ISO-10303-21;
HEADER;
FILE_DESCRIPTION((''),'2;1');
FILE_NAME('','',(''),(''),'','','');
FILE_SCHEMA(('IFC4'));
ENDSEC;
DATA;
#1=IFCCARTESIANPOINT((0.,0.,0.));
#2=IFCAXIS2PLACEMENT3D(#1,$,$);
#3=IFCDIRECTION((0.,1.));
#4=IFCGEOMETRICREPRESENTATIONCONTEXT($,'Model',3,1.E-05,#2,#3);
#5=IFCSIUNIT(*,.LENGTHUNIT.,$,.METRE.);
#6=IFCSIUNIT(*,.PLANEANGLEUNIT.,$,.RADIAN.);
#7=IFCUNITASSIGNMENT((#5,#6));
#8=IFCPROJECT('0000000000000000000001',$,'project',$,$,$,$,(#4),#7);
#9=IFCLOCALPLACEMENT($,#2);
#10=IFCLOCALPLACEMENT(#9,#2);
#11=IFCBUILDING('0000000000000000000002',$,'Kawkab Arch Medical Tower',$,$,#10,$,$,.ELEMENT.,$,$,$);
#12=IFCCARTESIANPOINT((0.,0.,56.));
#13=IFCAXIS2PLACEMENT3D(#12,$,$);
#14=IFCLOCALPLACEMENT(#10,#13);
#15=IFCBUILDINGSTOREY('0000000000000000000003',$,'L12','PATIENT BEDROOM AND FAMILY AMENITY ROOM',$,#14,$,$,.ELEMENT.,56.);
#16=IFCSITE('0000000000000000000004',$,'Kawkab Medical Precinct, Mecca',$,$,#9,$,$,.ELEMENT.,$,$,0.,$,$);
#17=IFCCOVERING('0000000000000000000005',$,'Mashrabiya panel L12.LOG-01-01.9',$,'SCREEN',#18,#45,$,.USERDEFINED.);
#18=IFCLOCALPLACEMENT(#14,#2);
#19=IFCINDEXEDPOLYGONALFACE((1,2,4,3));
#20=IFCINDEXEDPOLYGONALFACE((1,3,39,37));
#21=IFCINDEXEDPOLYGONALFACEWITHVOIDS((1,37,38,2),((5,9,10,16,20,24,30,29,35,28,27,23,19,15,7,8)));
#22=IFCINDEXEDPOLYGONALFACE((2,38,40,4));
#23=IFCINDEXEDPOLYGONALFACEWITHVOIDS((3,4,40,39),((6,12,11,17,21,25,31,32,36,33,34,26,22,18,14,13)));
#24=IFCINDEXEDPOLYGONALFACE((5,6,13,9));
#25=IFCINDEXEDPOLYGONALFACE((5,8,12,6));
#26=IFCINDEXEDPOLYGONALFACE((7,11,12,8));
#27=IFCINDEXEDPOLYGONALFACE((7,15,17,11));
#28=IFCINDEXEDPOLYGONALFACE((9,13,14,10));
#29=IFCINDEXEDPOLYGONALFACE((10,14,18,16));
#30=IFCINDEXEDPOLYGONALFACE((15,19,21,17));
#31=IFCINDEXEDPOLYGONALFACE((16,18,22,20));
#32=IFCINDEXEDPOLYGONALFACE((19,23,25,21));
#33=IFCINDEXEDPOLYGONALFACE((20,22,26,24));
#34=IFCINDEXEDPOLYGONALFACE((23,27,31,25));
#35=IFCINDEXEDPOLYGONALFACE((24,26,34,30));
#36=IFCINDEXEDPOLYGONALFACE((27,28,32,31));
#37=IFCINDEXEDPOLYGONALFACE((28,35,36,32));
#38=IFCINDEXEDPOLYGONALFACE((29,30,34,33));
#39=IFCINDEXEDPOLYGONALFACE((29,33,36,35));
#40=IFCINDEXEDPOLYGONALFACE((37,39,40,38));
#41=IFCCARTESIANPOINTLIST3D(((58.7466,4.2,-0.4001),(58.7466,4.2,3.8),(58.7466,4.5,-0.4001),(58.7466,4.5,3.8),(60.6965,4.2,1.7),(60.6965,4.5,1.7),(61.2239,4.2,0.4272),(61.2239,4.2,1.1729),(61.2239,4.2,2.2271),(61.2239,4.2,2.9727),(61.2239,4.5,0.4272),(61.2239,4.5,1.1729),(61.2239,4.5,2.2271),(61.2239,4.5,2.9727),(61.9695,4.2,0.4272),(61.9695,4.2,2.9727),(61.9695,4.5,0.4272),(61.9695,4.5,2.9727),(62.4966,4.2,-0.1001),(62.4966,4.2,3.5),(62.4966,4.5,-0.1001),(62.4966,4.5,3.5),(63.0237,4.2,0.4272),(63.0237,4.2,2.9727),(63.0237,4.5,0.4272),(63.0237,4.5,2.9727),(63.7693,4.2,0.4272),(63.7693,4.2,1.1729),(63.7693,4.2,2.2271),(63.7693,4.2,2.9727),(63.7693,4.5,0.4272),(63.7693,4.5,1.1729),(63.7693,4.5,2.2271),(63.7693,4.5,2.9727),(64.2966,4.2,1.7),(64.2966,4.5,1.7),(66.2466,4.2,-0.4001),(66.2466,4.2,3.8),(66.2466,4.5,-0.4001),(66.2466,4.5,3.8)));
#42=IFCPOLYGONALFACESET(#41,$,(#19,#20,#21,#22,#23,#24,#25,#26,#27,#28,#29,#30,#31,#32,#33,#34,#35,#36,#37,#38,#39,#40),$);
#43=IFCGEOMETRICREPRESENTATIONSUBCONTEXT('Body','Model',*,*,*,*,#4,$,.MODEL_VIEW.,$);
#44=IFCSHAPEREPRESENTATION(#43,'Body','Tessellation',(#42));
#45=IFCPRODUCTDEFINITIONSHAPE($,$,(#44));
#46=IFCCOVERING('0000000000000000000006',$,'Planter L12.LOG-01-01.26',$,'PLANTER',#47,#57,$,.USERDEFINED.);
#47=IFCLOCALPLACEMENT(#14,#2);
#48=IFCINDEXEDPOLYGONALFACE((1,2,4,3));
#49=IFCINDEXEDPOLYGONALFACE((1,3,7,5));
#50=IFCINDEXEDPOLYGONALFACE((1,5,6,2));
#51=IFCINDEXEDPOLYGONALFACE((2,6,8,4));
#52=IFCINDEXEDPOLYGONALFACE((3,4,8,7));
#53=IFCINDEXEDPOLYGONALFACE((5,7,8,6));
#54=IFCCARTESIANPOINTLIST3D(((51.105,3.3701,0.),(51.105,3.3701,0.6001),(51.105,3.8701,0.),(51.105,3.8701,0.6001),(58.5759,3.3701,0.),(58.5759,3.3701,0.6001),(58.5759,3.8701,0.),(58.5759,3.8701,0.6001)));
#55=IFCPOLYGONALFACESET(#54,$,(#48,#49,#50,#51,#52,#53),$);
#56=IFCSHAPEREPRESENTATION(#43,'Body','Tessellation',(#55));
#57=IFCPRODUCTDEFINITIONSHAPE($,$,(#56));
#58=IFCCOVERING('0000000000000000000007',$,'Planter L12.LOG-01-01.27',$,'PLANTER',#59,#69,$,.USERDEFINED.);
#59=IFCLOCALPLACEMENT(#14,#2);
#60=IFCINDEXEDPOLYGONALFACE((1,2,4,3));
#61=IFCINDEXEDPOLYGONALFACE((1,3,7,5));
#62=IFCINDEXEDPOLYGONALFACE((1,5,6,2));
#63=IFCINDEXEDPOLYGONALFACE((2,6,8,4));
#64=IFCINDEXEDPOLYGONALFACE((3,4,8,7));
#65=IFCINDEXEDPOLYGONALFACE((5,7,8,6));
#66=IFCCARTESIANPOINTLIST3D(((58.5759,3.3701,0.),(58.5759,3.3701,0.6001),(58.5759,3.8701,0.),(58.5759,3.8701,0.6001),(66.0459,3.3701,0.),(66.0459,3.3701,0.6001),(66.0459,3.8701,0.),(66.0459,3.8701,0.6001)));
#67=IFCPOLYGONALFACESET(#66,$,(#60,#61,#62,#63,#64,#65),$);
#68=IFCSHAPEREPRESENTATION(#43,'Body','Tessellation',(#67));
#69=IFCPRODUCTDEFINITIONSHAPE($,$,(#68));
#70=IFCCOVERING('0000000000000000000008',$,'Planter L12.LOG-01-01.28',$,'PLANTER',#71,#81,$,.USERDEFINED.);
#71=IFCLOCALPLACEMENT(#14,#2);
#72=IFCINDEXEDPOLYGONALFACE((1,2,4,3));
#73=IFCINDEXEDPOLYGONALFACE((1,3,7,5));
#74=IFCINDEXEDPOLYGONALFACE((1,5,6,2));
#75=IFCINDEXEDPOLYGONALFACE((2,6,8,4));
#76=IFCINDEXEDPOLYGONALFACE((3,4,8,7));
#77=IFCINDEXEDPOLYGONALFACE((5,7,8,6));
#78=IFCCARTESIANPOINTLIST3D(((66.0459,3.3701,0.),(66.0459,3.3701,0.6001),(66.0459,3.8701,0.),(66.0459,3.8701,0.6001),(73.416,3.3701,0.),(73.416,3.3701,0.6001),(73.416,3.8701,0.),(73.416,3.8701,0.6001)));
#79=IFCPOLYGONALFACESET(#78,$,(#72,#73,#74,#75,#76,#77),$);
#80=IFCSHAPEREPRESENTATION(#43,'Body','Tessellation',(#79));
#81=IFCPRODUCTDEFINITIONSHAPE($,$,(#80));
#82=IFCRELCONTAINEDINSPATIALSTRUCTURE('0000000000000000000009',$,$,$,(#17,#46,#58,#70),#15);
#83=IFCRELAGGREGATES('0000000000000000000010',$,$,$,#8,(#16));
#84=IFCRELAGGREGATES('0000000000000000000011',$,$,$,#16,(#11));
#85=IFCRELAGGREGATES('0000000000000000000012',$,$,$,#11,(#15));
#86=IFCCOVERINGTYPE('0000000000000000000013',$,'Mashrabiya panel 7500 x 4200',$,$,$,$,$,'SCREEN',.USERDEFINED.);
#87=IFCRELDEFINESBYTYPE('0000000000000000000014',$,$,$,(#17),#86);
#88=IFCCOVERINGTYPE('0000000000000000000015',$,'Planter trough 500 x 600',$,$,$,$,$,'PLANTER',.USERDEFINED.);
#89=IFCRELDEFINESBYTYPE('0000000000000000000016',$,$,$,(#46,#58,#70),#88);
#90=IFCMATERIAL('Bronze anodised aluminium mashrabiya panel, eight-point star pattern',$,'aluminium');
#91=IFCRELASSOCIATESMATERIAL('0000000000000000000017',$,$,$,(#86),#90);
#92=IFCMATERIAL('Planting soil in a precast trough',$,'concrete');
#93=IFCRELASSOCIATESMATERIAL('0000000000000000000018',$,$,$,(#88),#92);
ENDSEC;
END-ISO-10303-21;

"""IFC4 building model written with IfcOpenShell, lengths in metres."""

from ifc_helpers import new_model, si_unit, direction, frame, origin, origin_2d, place, context, subcontext, project, spatial, polyline, rectangle, outline, extrude, material, material_profile, profile_set, type_object, element, save


model = new_model("IFC4")

# Units and contexts
model_context = context("Model", 3, precision=1e-05, world=origin(), true_north=direction((0.0, 1.0)))
body_context = subcontext(model_context, "Body", "Model", "MODEL_VIEW")
ifc_project = project(units=[si_unit("LENGTHUNIT", "METRE"), si_unit("PLANEANGLEUNIT", "RADIAN")], contexts=[model_context])

# Site, building, storey
site_placement = place(None, origin())
site = spatial("IfcSite", under=ifc_project, at=site_placement, Name="Kawkab Medical Precinct, Mecca", CompositionType="ELEMENT", RefElevation=0.0)
building_placement = place(site_placement, origin())
building = spatial("IfcBuilding", under=site, at=building_placement, Name="Kawkab Arch Medical Tower", CompositionType="ELEMENT")
storey_placement = place(building_placement, frame((0.0, 0.0, 56.0)))
storey = spatial("IfcBuildingStorey", under=building, at=storey_placement, Name="L12", Description="PATIENT BEDROOM AND FAMILY AMENITY ROOM", CompositionType="ELEMENT", Elevation=56.0)

# Coverings
ifc_material_1 = material(Name="Bronze anodised aluminium mashrabiya panel, eight-point star pattern", Category="aluminium")
ifc_material_profile_1 = material_profile(ifc_material_1, outline(polyline([(-3.75, -2.1001), (3.75, -2.1001), (3.75, 2.1001), (-3.75, 2.1001), (-3.75, -2.1001)]), holes=[polyline([(1.8, 0.0), (1.2727, 0.5271), (1.2727, 1.2727), (0.5271, 1.2727), (0.0, 1.8), (-0.5271, 1.2727), (-1.2727, 1.2727), (-1.2727, 0.5271), (-1.8, 0.0), (-1.2727, -0.5271), (-1.2727, -1.2727), (-0.5271, -1.2727), (0.0, -1.8), (0.5271, -1.2727), (1.2727, -1.2727), (1.2727, -0.5271), (1.8, 0.0)])]), Name="Mashrabiya panel 7500x4200")
ifc_profile_set_1 = profile_set([ifc_material_profile_1], Name="Bronze anodised aluminium mashrabiya panel, eight-point star pattern")
covering_type_1 = type_object("IfcCoveringType", Name="Mashrabiya panel 7500 x 4200", ElementType="SCREEN", PredefinedType="USERDEFINED", material=ifc_profile_set_1)
covering_1_placement = place(storey_placement, frame((62.4966, 4.2, 1.7), z_axis=(0.0, 1.0, 0.0), x_axis=(-1.0, 0.0, 0.0)))
element("IfcCovering", 1, at=covering_1_placement, inside=storey, type_object=covering_type_1, Name="Mashrabiya panel L12.LOG-01-01.9", ObjectType="SCREEN", PredefinedType="USERDEFINED", context=body_context, shape_type="SweptSolid", body=[
    extrude(outline(polyline([(-3.75, -2.1001), (3.75, -2.1001), (3.75, 2.1001), (-3.75, 2.1001), (-3.75, -2.1001)]), holes=[polyline([(1.8, 0.0), (1.2727, 0.5271), (1.2727, 1.2727), (0.5271, 1.2727), (0.0, 1.8), (-0.5271, 1.2727), (-1.2727, 1.2727), (-1.2727, 0.5271), (-1.8, 0.0), (-1.2727, -0.5271), (-1.2727, -1.2727), (-0.5271, -1.2727), (0.0, -1.8), (0.5271, -1.2727), (1.2727, -1.2727), (1.2727, -0.5271), (1.8, 0.0)])]), origin(), (0.0, 0.0, 1.0), 0.3),
])
ifc_material_2 = material(Name="Planting soil in a precast trough", Category="concrete")
ifc_material_profile_2 = material_profile(ifc_material_2, rectangle(XDim=0.5, YDim=0.6001, at=origin_2d()), Name="Trough 500x600")
ifc_profile_set_2 = profile_set([ifc_material_profile_2], Name="Planting soil in a precast trough")
covering_type_2 = type_object("IfcCoveringType", Name="Planter trough 500 x 600", ElementType="PLANTER", PredefinedType="USERDEFINED", material=ifc_profile_set_2)
covering_2_placement = place(storey_placement, frame((51.105, 3.6201, 0.3), z_axis=(1.0, 0.0, 0.0), x_axis=(0.0, 1.0, 0.0)))
element("IfcCovering", 2, at=covering_2_placement, inside=storey, type_object=covering_type_2, Name="Planter L12.LOG-01-01.26", ObjectType="PLANTER", PredefinedType="USERDEFINED", context=body_context, shape_type="SweptSolid", body=[
    extrude(rectangle(XDim=0.5, YDim=0.6001, at=origin_2d()), origin(), (0.0, 0.0, 1.0), 7.4709),
])
covering_3_placement = place(storey_placement, frame((58.5759, 3.6201, 0.3), z_axis=(1.0, 0.0, 0.0), x_axis=(0.0, 1.0, 0.0)))
element("IfcCovering", 3, at=covering_3_placement, inside=storey, type_object=covering_type_2, Name="Planter L12.LOG-01-01.27", ObjectType="PLANTER", PredefinedType="USERDEFINED", context=body_context, shape_type="SweptSolid", body=[
    extrude(rectangle(XDim=0.5, YDim=0.6001, at=origin_2d()), origin(), (0.0, 0.0, 1.0), 7.47),
])
covering_4_placement = place(storey_placement, frame((66.0459, 3.6201, 0.3), z_axis=(1.0, 0.0, 0.0), x_axis=(0.0, 1.0, 0.0)))
element("IfcCovering", 4, at=covering_4_placement, inside=storey, type_object=covering_type_2, Name="Planter L12.LOG-01-01.28", ObjectType="PLANTER", PredefinedType="USERDEFINED", context=body_context, shape_type="SweptSolid", body=[
    extrude(rectangle(XDim=0.5, YDim=0.6001, at=origin_2d()), origin(), (0.0, 0.0, 1.0), 7.3701),
])

save(model, "model.ifc")
